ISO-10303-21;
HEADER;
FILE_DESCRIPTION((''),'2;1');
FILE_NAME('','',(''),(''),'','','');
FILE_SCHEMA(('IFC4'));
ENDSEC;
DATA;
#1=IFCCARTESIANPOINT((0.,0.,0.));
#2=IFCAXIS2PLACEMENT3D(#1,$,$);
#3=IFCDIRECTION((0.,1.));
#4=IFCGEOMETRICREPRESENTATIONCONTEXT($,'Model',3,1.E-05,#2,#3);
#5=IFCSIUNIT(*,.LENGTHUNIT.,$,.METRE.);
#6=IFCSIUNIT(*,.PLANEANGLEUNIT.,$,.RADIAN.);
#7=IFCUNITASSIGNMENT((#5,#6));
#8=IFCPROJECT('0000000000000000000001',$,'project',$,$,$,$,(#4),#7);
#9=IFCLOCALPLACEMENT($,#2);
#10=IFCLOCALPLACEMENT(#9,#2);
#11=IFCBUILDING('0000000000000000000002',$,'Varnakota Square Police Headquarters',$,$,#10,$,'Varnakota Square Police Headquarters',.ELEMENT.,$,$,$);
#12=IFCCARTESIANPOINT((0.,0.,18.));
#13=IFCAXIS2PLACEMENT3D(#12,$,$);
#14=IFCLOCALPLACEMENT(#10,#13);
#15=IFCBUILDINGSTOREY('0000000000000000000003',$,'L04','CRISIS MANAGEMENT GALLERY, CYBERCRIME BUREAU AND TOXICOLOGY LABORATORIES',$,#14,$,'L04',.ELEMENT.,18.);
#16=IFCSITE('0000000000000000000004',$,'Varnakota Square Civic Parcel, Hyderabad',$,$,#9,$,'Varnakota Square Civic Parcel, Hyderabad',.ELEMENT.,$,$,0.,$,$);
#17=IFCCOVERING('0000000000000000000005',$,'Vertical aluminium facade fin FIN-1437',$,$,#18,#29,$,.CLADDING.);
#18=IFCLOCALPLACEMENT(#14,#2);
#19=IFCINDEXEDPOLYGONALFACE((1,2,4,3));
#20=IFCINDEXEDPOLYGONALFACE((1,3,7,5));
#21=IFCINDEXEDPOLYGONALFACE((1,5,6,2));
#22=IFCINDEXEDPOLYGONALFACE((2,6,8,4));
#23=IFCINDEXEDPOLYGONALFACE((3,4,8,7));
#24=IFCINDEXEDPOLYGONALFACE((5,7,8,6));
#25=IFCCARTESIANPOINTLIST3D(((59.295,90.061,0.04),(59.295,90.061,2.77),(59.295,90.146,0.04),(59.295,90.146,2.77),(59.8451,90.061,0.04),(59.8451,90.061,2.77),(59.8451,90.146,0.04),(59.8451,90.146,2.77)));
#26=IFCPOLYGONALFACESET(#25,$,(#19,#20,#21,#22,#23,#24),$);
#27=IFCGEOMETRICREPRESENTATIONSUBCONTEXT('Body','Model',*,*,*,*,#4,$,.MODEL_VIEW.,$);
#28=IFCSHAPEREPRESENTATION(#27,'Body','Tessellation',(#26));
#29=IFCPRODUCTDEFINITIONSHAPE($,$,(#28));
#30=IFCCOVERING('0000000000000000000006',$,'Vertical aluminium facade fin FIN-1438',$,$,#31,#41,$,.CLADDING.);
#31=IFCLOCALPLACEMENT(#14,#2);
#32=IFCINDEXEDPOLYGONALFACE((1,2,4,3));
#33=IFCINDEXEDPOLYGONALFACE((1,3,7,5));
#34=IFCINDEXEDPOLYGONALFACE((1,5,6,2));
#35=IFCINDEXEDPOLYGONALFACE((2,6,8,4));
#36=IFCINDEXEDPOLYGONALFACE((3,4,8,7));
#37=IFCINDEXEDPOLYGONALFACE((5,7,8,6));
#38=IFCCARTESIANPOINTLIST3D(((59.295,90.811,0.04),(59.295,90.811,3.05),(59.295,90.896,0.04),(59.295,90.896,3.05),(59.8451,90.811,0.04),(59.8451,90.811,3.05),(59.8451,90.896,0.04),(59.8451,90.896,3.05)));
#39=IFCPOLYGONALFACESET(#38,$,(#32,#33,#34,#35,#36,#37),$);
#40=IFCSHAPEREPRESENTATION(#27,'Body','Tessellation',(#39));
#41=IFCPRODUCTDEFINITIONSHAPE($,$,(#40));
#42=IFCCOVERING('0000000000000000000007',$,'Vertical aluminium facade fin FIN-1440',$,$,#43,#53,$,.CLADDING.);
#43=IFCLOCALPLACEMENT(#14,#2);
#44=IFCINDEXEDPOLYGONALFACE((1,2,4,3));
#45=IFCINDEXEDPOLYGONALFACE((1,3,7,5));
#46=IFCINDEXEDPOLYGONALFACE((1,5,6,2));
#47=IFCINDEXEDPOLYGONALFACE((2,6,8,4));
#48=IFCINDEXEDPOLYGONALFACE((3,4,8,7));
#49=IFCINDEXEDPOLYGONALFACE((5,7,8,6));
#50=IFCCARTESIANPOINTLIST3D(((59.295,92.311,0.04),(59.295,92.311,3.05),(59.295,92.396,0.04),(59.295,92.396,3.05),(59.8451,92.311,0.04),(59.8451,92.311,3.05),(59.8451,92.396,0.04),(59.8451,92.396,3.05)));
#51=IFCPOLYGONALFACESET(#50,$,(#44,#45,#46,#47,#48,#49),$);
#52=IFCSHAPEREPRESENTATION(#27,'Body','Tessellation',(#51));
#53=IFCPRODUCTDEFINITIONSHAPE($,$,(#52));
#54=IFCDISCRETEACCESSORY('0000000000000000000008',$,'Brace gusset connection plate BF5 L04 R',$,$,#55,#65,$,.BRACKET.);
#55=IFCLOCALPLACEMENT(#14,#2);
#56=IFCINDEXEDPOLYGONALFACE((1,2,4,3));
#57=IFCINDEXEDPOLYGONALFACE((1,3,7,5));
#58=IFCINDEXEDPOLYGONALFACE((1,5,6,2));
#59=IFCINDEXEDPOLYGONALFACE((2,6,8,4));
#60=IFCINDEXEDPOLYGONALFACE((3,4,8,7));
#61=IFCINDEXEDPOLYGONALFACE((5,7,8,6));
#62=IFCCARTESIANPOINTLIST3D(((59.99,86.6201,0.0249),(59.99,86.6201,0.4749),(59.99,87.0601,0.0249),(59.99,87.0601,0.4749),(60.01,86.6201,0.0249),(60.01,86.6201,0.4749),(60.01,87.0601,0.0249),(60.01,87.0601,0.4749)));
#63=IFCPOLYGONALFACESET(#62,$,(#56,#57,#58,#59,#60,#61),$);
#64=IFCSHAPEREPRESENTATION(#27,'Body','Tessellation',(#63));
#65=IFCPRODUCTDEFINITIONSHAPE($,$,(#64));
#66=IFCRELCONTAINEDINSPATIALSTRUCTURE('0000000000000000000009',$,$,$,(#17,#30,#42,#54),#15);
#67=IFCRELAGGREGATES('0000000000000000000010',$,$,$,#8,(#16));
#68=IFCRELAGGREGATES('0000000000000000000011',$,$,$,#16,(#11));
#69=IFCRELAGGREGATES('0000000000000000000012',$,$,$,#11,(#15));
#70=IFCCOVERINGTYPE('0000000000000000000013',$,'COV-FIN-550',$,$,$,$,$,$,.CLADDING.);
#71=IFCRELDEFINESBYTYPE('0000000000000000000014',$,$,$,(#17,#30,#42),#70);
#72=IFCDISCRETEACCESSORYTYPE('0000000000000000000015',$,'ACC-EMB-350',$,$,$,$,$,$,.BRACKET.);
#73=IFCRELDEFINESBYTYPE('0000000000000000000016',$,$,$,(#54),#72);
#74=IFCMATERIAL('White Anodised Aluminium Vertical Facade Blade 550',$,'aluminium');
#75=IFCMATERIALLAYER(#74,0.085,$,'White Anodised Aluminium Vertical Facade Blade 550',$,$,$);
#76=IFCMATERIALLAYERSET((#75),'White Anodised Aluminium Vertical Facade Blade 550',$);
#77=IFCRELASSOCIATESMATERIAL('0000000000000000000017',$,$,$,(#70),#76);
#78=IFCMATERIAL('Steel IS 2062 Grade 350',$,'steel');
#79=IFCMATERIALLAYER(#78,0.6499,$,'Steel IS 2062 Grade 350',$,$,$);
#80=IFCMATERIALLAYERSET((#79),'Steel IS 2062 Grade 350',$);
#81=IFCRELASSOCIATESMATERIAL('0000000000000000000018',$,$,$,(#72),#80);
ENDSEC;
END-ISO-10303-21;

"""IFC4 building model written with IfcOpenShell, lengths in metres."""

from ifc_helpers import new_model, si_unit, direction, frame, origin, origin_2d, place, context, subcontext, project, spatial, rectangle, extrude, material, layer, layer_set, type_object, element, save


model = new_model("IFC4")

# Units and contexts
model_context = context("Model", 3, precision=1e-05, world=origin(), true_north=direction((0.0, 1.0)))
body_context = subcontext(model_context, "Body", "Model", "MODEL_VIEW")
ifc_project = project(units=[si_unit("LENGTHUNIT", "METRE"), si_unit("PLANEANGLEUNIT", "RADIAN")], contexts=[model_context])

# Site, building, storey
site_placement = place(None, origin())
site = spatial("IfcSite", under=ifc_project, at=site_placement, Name="Varnakota Square Civic Parcel, Hyderabad", LongName="Varnakota Square Civic Parcel, Hyderabad", CompositionType="ELEMENT", RefElevation=0.0)
building_placement = place(site_placement, origin())
building = spatial("IfcBuilding", under=site, at=building_placement, Name="Varnakota Square Police Headquarters", LongName="Varnakota Square Police Headquarters", CompositionType="ELEMENT")
storey_placement = place(building_placement, frame((0.0, 0.0, 18.0)))
storey = spatial("IfcBuildingStorey", under=building, at=storey_placement, Name="L04", Description="CRISIS MANAGEMENT GALLERY, CYBERCRIME BUREAU AND TOXICOLOGY LABORATORIES", LongName="L04", CompositionType="ELEMENT", Elevation=18.0)

# Shared definitions
ifc_material_1 = material(Name="Steel IS 2062 Grade 350", Category="steel")

# Coverings
ifc_material_2 = material(Name="White Anodised Aluminium Vertical Facade Blade 550", Category="aluminium")
ifc_layer_1 = layer(ifc_material_2, 0.085, Name="White Anodised Aluminium Vertical Facade Blade 550")
ifc_layer_set_1 = layer_set([ifc_layer_1], Name="White Anodised Aluminium Vertical Facade Blade 550")
covering_type_1 = type_object("IfcCoveringType", Name="COV-FIN-550", PredefinedType="CLADDING", material=ifc_layer_set_1)
for number, where, z_axis, x_axis, name in (
    (1, (59.5701, 90.1035, 0.04), (0.0, 0.0, 1.0), (0.0, 1.0, 0.0), "Vertical aluminium facade fin FIN-1437"),
):
    element("IfcCovering", number, at=place(storey_placement, frame(where, z_axis=z_axis, x_axis=x_axis)), inside=storey, type_object=covering_type_1, Name=name, PredefinedType="CLADDING", context=body_context, shape_type="SweptSolid", body=[
        extrude(rectangle(XDim=0.085, YDim=0.55, at=origin_2d()), origin(), (0.0, 0.0, 1.0), 2.73),
    ])
for number, where, z_axis, x_axis, name in (
    (2, (59.5701, 90.8535, 0.04), (0.0, 0.0, 1.0), (0.0, 1.0, 0.0), "Vertical aluminium facade fin FIN-1438"),
    (3, (59.5701, 92.3535, 0.04), (0.0, 0.0, 1.0), (0.0, 1.0, 0.0), "Vertical aluminium facade fin FIN-1440"),
):
    element("IfcCovering", number, at=place(storey_placement, frame(where, z_axis=z_axis, x_axis=x_axis)), inside=storey, type_object=covering_type_1, Name=name, PredefinedType="CLADDING", context=body_context, shape_type="SweptSolid", body=[
        extrude(rectangle(XDim=0.085, YDim=0.55, at=origin_2d()), origin(), (0.0, 0.0, 1.0), 3.01),
    ])

# Discrete accessory
ifc_layer_2 = layer(ifc_material_1, 0.6499, Name="Steel IS 2062 Grade 350")
ifc_layer_set_2 = layer_set([ifc_layer_2], Name="Steel IS 2062 Grade 350")
discrete_accessory_type = type_object("IfcDiscreteAccessoryType", Name="ACC-EMB-350", PredefinedType="BRACKET", material=ifc_layer_set_2)
discrete_accessory_placement = place(storey_placement, frame((60.0, 86.8401, 0.0249), z_axis=(0.0, 0.0, 1.0), x_axis=(0.0, 1.0, 0.0)))
element("IfcDiscreteAccessory", 4, at=discrete_accessory_placement, inside=storey, type_object=discrete_accessory_type, Name="Brace gusset connection plate BF5 L04 R", PredefinedType="BRACKET", context=body_context, shape_type="SweptSolid", body=[
    extrude(rectangle(XDim=0.4399, YDim=0.02, at=origin_2d()), origin(), (0.0, 0.0, 1.0), 0.45),
])

save(model, "model.ifc")
